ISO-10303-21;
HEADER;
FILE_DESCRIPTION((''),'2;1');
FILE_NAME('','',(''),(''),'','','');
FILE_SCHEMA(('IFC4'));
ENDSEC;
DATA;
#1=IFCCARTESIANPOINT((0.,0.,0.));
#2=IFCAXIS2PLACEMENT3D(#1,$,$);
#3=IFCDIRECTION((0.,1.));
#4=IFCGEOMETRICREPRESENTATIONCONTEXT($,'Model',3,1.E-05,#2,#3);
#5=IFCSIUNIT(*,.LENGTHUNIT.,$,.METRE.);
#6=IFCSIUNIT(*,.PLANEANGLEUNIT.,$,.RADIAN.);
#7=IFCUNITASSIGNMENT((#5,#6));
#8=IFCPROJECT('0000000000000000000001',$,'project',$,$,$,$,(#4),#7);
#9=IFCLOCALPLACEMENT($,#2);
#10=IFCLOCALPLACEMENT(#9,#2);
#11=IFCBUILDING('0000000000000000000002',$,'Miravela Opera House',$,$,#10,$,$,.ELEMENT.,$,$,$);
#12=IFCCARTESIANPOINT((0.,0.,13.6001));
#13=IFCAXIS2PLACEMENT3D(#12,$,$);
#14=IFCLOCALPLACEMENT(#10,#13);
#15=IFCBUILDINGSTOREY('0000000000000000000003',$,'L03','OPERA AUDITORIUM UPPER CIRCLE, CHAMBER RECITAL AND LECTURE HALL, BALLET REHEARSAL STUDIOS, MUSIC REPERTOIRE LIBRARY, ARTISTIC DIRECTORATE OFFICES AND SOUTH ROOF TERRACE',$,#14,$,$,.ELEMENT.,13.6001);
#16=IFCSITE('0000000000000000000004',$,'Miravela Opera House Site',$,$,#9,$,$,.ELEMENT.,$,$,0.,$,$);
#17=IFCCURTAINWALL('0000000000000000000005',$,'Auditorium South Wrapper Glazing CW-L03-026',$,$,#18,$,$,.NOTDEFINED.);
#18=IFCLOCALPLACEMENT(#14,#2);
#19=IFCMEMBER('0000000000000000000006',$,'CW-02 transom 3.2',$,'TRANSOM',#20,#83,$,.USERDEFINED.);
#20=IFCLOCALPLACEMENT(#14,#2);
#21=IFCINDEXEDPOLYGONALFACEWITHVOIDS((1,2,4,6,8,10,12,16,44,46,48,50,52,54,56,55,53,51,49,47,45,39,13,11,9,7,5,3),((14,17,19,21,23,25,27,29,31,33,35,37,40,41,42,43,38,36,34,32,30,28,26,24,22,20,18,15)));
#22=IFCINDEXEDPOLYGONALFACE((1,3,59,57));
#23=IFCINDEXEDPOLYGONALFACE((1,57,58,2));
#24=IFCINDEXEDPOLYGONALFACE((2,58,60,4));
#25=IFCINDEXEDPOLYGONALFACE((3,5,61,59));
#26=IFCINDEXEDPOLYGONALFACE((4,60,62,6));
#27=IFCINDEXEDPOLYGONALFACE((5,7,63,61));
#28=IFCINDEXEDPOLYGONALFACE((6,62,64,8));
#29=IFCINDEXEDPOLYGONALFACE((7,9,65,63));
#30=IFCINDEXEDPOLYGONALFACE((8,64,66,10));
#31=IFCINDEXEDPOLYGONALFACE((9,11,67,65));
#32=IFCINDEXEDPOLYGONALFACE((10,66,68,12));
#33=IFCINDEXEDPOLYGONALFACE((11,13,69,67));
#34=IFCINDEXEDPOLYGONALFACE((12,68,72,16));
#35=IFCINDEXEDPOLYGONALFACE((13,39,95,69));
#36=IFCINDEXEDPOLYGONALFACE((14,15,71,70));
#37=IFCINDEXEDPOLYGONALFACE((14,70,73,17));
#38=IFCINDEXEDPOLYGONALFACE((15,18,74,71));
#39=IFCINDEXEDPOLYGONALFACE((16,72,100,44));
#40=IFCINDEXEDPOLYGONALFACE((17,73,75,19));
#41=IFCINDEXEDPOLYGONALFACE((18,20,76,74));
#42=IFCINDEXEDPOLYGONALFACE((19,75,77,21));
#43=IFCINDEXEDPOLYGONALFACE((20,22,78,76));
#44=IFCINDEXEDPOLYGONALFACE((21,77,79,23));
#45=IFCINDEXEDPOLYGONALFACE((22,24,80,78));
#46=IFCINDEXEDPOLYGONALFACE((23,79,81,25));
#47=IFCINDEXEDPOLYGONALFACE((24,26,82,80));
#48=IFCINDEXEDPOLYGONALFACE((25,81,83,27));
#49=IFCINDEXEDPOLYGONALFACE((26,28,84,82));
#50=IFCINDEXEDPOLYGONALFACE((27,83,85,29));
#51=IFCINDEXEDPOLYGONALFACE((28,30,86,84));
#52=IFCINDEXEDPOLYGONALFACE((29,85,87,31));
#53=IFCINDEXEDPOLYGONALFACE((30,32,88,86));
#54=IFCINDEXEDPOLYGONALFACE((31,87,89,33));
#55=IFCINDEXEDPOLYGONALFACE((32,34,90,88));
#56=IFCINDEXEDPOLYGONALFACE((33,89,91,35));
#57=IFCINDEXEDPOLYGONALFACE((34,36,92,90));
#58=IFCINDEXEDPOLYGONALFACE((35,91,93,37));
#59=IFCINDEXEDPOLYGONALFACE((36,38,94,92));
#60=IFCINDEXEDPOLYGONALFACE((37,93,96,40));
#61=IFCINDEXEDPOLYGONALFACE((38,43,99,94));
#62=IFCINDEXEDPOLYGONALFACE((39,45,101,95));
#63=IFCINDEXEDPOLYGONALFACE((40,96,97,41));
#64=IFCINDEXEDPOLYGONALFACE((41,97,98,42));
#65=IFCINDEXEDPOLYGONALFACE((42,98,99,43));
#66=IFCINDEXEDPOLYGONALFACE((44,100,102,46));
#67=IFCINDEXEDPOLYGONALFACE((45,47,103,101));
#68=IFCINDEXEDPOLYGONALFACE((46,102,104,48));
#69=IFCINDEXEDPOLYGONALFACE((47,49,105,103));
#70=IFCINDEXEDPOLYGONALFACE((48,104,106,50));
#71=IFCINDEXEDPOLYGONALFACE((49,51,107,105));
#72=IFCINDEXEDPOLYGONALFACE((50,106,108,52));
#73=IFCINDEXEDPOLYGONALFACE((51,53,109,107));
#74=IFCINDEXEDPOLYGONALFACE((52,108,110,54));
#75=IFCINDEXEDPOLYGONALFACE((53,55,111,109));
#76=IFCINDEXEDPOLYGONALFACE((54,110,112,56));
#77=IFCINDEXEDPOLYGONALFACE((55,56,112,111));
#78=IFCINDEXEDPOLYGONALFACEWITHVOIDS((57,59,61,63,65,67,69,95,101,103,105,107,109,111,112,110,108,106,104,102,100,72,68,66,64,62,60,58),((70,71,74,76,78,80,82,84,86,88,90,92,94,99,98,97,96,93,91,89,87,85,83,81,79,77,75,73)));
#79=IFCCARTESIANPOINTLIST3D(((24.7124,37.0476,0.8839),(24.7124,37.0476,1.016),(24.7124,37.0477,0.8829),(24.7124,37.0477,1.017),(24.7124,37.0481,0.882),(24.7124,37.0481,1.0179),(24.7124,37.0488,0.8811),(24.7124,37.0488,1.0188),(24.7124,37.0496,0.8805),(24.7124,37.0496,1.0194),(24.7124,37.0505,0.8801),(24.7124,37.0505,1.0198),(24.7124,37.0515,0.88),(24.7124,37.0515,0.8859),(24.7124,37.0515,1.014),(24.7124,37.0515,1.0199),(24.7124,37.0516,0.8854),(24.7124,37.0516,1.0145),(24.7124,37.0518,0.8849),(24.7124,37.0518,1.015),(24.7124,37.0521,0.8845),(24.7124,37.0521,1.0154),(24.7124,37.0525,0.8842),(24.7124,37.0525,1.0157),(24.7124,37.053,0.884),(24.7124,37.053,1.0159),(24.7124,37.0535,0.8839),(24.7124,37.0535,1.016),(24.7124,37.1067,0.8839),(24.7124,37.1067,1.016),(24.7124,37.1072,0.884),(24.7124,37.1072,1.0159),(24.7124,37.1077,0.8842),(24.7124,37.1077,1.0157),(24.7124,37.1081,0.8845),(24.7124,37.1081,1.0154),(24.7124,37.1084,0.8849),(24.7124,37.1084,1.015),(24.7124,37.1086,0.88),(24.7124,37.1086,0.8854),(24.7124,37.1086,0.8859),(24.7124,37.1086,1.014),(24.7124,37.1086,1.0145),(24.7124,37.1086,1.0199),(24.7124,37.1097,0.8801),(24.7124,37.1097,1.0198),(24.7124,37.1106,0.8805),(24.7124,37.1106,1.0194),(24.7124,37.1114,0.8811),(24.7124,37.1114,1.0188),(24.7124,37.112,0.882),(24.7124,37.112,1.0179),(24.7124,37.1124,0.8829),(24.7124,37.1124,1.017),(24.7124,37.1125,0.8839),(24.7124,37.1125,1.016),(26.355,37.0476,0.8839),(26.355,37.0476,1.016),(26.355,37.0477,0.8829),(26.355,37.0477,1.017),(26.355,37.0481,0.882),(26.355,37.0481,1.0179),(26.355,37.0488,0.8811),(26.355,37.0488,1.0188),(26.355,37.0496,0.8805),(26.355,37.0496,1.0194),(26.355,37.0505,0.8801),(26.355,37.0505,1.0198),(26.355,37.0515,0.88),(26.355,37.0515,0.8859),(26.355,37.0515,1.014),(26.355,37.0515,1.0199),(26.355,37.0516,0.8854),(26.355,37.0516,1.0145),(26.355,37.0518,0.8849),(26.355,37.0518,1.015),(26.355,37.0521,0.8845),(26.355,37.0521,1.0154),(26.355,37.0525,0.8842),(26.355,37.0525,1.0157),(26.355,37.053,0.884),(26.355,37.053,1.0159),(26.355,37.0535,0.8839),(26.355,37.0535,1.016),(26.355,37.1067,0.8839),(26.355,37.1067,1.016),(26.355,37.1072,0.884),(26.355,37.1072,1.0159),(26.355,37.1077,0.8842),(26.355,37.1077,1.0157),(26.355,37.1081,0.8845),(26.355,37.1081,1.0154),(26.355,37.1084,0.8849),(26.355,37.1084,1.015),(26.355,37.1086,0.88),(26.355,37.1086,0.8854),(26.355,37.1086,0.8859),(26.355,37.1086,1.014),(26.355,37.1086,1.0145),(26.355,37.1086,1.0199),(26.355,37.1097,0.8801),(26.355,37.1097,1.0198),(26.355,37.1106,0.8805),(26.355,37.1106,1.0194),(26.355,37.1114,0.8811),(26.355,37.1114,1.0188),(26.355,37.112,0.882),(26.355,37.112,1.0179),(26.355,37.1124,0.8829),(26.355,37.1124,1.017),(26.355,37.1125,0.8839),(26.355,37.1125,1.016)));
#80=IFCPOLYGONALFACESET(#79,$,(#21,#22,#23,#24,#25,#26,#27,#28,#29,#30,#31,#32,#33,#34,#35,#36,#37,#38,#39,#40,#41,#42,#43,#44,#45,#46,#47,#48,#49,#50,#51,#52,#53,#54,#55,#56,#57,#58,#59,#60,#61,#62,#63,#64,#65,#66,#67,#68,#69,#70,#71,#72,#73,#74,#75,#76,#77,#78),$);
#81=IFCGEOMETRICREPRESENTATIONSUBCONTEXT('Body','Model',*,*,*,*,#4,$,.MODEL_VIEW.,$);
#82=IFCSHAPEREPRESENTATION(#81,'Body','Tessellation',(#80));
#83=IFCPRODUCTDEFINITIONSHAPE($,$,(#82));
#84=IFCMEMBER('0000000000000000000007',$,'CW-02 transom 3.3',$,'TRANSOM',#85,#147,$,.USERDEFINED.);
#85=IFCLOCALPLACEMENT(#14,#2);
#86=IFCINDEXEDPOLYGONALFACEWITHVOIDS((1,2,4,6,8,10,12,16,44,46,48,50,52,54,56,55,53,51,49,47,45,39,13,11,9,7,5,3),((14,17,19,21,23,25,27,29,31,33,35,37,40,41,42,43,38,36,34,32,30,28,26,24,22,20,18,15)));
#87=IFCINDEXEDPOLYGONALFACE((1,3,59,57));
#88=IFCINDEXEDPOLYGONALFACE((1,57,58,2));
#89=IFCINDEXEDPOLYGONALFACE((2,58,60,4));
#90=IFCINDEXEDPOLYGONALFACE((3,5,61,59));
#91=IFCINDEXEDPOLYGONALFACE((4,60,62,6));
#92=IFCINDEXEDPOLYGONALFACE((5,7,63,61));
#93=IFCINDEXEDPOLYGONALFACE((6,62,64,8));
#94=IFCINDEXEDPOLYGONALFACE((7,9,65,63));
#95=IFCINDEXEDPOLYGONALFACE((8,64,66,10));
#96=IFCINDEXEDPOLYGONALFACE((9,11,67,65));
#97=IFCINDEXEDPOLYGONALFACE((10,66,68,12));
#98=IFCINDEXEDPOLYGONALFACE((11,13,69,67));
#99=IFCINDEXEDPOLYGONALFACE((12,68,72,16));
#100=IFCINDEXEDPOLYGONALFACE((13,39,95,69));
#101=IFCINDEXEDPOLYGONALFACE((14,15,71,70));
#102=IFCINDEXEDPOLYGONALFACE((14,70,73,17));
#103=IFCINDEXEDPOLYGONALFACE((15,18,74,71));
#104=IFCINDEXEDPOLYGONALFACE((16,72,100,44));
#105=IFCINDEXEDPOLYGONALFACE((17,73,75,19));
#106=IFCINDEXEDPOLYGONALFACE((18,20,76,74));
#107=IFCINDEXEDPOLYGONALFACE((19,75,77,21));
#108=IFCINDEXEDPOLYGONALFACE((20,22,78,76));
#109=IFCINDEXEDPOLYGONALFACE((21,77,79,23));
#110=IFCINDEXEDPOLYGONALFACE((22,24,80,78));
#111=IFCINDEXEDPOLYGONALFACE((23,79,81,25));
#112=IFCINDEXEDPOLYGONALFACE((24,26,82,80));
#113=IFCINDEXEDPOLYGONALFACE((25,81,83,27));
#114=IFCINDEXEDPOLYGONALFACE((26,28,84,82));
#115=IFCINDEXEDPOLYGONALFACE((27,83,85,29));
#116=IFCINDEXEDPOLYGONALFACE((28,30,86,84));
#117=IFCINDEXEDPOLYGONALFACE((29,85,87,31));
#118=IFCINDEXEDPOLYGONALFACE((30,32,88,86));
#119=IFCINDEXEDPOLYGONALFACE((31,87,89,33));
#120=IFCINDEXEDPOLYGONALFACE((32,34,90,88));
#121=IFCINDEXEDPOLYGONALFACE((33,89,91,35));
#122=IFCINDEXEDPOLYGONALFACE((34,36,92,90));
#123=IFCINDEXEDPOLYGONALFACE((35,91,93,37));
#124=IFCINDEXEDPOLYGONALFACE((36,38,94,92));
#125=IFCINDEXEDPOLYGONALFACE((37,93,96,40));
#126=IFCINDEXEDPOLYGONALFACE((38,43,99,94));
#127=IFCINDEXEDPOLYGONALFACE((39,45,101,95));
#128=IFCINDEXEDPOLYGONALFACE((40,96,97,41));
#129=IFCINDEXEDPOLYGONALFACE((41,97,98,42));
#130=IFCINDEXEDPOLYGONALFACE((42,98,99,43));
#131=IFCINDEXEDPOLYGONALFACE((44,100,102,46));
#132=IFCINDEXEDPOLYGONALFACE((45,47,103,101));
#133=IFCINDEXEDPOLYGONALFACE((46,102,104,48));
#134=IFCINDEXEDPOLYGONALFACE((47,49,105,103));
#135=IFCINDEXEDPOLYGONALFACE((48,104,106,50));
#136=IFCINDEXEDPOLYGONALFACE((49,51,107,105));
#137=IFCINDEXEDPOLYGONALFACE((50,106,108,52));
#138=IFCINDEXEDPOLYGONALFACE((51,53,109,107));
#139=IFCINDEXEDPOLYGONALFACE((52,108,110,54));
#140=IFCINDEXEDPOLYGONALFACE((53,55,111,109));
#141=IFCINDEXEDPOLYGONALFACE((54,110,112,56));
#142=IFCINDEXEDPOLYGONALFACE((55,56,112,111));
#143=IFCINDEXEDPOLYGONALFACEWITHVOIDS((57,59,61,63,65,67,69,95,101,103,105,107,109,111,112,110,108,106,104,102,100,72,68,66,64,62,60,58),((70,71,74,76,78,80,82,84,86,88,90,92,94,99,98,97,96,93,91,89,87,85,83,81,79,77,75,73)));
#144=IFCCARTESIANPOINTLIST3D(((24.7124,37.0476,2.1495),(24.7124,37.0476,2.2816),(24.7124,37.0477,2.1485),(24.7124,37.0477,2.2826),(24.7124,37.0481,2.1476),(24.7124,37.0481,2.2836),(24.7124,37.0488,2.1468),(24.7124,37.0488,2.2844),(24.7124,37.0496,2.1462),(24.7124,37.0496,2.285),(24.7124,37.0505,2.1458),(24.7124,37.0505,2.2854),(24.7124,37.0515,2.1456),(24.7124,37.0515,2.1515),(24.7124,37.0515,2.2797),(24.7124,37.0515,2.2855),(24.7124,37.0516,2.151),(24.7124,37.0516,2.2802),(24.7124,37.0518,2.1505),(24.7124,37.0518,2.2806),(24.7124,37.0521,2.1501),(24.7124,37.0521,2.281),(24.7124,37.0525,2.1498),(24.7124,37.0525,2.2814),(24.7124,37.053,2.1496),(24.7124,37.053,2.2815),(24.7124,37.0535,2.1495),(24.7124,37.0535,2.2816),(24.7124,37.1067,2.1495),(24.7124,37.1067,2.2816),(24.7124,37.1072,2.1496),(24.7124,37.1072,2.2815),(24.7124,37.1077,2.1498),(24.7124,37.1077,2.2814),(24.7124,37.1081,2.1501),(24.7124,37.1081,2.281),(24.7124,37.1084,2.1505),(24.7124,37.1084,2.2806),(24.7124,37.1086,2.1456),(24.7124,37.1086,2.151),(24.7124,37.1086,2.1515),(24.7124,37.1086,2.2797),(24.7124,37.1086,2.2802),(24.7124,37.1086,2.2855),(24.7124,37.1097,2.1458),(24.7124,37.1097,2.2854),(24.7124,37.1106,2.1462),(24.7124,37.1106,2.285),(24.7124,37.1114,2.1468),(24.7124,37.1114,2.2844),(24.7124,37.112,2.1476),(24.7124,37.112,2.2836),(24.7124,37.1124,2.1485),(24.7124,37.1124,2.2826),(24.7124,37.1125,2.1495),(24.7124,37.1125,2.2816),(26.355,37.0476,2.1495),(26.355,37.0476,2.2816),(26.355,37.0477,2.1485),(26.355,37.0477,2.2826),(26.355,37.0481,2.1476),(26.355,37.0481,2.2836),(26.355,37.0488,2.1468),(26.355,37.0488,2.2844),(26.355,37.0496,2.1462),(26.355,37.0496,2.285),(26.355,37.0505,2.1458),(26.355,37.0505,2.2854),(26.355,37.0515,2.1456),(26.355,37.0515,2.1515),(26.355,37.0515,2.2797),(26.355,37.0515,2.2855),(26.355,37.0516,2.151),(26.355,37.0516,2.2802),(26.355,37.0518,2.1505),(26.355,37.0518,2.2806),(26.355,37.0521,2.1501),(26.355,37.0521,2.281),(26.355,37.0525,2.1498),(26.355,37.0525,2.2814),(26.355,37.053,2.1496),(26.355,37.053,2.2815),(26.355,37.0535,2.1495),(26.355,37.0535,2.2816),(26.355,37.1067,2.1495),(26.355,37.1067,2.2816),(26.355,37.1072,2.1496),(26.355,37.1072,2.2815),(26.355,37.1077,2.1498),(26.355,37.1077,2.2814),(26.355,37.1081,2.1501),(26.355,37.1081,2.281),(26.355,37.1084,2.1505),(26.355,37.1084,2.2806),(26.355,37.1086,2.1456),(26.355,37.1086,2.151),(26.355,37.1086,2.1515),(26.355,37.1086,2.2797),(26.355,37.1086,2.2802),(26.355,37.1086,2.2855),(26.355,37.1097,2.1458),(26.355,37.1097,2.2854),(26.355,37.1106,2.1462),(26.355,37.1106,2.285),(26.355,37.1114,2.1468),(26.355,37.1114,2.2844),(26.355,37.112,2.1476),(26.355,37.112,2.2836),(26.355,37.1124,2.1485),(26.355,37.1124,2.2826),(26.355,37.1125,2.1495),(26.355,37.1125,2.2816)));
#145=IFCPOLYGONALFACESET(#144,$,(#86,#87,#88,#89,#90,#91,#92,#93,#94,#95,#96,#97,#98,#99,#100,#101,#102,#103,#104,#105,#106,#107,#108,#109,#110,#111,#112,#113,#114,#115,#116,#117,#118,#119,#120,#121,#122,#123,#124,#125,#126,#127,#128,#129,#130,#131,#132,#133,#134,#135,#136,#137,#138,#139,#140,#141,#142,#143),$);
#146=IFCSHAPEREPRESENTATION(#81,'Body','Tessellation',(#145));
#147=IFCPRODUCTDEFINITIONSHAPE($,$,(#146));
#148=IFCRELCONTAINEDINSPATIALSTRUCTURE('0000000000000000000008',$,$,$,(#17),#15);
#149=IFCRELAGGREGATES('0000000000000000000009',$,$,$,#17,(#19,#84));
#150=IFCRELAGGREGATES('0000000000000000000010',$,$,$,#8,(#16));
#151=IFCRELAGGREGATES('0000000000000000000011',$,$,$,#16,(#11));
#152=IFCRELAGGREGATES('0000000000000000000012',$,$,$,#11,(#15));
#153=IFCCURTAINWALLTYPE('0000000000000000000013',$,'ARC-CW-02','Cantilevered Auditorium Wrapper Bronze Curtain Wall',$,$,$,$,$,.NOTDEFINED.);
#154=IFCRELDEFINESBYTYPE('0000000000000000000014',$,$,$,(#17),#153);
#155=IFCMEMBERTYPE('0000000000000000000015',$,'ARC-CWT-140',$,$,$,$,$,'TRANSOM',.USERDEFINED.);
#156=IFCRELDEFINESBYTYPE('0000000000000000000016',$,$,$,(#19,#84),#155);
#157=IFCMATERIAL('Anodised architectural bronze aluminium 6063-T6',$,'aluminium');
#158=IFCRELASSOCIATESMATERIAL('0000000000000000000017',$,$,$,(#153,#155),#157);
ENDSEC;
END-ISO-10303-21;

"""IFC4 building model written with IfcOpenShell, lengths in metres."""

from ifc_helpers import new_model, si_unit, direction, frame, origin, origin_2d, place, context, subcontext, project, spatial, hollow_rectangle, extrude, material, material_profile, profile_set, type_object, element, aggregate, save


model = new_model("IFC4")

# Units and contexts
model_context = context("Model", 3, precision=1e-05, world=origin(), true_north=direction((0.0, 1.0)))
body_context = subcontext(model_context, "Body", "Model", "MODEL_VIEW")
ifc_project = project(units=[si_unit("LENGTHUNIT", "METRE"), si_unit("PLANEANGLEUNIT", "RADIAN")], contexts=[model_context])

# Site, building, storey
site_placement = place(None, origin())
site = spatial("IfcSite", under=ifc_project, at=site_placement, Name="Miravela Opera House Site", CompositionType="ELEMENT", RefElevation=0.0)
building_placement = place(site_placement, origin())
building = spatial("IfcBuilding", under=site, at=building_placement, Name="Miravela Opera House", CompositionType="ELEMENT")
storey_placement = place(building_placement, frame((0.0, 0.0, 13.6001)))
storey = spatial("IfcBuildingStorey", under=building, at=storey_placement, Name="L03", Description="OPERA AUDITORIUM UPPER CIRCLE, CHAMBER RECITAL AND LECTURE HALL, BALLET REHEARSAL STUDIOS, MUSIC REPERTOIRE LIBRARY, ARTISTIC DIRECTORATE OFFICES AND SOUTH ROOF TERRACE", CompositionType="ELEMENT", Elevation=13.6001)

# Curtain wall, members
ifc_material_1 = material(Name="Anodised architectural bronze aluminium 6063-T6", Category="aluminium")
curtain_wall_type = type_object("IfcCurtainWallType", Name="ARC-CW-02", Description="Cantilevered Auditorium Wrapper Bronze Curtain Wall", PredefinedType="NOTDEFINED", material=ifc_material_1)
curtain_wall_placement = place(storey_placement, origin())
curtain_wall = element("IfcCurtainWall", 1, at=curtain_wall_placement, inside=storey, type_object=curtain_wall_type, Name="Auditorium South Wrapper Glazing CW-L03-026", PredefinedType="NOTDEFINED")
ifc_material_profile_1 = material_profile(ifc_material_1, hollow_rectangle(XDim=0.0649, YDim=0.1399, WallThickness=0.0039, InnerFilletRadius=0.002, OuterFilletRadius=0.0039, at=origin_2d()), Name="CWT-65X140")
ifc_profile_set_1 = profile_set([ifc_material_profile_1])
member_type_1 = type_object("IfcMemberType", Name="ARC-CWT-140", ElementType="TRANSOM", PredefinedType="USERDEFINED", material=ifc_profile_set_1)
member_1_placement = place(storey_placement, frame((24.7124, 37.0801, 0.95), z_axis=(1.0, 0.0, 0.0), x_axis=(0.0, 1.0, 0.0)))
member_1 = element("IfcMember", 2, at=member_1_placement, type_object=member_type_1, Name="CW-02 transom 3.2", ObjectType="TRANSOM", PredefinedType="USERDEFINED", context=body_context, shape_type="SweptSolid", body=[
    extrude(hollow_rectangle(XDim=0.0649, YDim=0.1399, WallThickness=0.0039, InnerFilletRadius=0.002, OuterFilletRadius=0.0039, at=origin_2d()), origin(), (0.0, 0.0, 1.0), 1.6426),
])
member_2_placement = place(storey_placement, frame((24.7124, 37.0801, 2.2156), z_axis=(1.0, 0.0, 0.0), x_axis=(0.0, 1.0, 0.0)))
member_2 = element("IfcMember", 3, at=member_2_placement, type_object=member_type_1, Name="CW-02 transom 3.3", ObjectType="TRANSOM", PredefinedType="USERDEFINED", context=body_context, shape_type="SweptSolid", body=[
    extrude(hollow_rectangle(XDim=0.0649, YDim=0.1399, WallThickness=0.0039, InnerFilletRadius=0.002, OuterFilletRadius=0.0039, at=origin_2d()), origin(), (0.0, 0.0, 1.0), 1.6426),
])

aggregate(curtain_wall, [member_1, member_2])

save(model, "model.ifc")
